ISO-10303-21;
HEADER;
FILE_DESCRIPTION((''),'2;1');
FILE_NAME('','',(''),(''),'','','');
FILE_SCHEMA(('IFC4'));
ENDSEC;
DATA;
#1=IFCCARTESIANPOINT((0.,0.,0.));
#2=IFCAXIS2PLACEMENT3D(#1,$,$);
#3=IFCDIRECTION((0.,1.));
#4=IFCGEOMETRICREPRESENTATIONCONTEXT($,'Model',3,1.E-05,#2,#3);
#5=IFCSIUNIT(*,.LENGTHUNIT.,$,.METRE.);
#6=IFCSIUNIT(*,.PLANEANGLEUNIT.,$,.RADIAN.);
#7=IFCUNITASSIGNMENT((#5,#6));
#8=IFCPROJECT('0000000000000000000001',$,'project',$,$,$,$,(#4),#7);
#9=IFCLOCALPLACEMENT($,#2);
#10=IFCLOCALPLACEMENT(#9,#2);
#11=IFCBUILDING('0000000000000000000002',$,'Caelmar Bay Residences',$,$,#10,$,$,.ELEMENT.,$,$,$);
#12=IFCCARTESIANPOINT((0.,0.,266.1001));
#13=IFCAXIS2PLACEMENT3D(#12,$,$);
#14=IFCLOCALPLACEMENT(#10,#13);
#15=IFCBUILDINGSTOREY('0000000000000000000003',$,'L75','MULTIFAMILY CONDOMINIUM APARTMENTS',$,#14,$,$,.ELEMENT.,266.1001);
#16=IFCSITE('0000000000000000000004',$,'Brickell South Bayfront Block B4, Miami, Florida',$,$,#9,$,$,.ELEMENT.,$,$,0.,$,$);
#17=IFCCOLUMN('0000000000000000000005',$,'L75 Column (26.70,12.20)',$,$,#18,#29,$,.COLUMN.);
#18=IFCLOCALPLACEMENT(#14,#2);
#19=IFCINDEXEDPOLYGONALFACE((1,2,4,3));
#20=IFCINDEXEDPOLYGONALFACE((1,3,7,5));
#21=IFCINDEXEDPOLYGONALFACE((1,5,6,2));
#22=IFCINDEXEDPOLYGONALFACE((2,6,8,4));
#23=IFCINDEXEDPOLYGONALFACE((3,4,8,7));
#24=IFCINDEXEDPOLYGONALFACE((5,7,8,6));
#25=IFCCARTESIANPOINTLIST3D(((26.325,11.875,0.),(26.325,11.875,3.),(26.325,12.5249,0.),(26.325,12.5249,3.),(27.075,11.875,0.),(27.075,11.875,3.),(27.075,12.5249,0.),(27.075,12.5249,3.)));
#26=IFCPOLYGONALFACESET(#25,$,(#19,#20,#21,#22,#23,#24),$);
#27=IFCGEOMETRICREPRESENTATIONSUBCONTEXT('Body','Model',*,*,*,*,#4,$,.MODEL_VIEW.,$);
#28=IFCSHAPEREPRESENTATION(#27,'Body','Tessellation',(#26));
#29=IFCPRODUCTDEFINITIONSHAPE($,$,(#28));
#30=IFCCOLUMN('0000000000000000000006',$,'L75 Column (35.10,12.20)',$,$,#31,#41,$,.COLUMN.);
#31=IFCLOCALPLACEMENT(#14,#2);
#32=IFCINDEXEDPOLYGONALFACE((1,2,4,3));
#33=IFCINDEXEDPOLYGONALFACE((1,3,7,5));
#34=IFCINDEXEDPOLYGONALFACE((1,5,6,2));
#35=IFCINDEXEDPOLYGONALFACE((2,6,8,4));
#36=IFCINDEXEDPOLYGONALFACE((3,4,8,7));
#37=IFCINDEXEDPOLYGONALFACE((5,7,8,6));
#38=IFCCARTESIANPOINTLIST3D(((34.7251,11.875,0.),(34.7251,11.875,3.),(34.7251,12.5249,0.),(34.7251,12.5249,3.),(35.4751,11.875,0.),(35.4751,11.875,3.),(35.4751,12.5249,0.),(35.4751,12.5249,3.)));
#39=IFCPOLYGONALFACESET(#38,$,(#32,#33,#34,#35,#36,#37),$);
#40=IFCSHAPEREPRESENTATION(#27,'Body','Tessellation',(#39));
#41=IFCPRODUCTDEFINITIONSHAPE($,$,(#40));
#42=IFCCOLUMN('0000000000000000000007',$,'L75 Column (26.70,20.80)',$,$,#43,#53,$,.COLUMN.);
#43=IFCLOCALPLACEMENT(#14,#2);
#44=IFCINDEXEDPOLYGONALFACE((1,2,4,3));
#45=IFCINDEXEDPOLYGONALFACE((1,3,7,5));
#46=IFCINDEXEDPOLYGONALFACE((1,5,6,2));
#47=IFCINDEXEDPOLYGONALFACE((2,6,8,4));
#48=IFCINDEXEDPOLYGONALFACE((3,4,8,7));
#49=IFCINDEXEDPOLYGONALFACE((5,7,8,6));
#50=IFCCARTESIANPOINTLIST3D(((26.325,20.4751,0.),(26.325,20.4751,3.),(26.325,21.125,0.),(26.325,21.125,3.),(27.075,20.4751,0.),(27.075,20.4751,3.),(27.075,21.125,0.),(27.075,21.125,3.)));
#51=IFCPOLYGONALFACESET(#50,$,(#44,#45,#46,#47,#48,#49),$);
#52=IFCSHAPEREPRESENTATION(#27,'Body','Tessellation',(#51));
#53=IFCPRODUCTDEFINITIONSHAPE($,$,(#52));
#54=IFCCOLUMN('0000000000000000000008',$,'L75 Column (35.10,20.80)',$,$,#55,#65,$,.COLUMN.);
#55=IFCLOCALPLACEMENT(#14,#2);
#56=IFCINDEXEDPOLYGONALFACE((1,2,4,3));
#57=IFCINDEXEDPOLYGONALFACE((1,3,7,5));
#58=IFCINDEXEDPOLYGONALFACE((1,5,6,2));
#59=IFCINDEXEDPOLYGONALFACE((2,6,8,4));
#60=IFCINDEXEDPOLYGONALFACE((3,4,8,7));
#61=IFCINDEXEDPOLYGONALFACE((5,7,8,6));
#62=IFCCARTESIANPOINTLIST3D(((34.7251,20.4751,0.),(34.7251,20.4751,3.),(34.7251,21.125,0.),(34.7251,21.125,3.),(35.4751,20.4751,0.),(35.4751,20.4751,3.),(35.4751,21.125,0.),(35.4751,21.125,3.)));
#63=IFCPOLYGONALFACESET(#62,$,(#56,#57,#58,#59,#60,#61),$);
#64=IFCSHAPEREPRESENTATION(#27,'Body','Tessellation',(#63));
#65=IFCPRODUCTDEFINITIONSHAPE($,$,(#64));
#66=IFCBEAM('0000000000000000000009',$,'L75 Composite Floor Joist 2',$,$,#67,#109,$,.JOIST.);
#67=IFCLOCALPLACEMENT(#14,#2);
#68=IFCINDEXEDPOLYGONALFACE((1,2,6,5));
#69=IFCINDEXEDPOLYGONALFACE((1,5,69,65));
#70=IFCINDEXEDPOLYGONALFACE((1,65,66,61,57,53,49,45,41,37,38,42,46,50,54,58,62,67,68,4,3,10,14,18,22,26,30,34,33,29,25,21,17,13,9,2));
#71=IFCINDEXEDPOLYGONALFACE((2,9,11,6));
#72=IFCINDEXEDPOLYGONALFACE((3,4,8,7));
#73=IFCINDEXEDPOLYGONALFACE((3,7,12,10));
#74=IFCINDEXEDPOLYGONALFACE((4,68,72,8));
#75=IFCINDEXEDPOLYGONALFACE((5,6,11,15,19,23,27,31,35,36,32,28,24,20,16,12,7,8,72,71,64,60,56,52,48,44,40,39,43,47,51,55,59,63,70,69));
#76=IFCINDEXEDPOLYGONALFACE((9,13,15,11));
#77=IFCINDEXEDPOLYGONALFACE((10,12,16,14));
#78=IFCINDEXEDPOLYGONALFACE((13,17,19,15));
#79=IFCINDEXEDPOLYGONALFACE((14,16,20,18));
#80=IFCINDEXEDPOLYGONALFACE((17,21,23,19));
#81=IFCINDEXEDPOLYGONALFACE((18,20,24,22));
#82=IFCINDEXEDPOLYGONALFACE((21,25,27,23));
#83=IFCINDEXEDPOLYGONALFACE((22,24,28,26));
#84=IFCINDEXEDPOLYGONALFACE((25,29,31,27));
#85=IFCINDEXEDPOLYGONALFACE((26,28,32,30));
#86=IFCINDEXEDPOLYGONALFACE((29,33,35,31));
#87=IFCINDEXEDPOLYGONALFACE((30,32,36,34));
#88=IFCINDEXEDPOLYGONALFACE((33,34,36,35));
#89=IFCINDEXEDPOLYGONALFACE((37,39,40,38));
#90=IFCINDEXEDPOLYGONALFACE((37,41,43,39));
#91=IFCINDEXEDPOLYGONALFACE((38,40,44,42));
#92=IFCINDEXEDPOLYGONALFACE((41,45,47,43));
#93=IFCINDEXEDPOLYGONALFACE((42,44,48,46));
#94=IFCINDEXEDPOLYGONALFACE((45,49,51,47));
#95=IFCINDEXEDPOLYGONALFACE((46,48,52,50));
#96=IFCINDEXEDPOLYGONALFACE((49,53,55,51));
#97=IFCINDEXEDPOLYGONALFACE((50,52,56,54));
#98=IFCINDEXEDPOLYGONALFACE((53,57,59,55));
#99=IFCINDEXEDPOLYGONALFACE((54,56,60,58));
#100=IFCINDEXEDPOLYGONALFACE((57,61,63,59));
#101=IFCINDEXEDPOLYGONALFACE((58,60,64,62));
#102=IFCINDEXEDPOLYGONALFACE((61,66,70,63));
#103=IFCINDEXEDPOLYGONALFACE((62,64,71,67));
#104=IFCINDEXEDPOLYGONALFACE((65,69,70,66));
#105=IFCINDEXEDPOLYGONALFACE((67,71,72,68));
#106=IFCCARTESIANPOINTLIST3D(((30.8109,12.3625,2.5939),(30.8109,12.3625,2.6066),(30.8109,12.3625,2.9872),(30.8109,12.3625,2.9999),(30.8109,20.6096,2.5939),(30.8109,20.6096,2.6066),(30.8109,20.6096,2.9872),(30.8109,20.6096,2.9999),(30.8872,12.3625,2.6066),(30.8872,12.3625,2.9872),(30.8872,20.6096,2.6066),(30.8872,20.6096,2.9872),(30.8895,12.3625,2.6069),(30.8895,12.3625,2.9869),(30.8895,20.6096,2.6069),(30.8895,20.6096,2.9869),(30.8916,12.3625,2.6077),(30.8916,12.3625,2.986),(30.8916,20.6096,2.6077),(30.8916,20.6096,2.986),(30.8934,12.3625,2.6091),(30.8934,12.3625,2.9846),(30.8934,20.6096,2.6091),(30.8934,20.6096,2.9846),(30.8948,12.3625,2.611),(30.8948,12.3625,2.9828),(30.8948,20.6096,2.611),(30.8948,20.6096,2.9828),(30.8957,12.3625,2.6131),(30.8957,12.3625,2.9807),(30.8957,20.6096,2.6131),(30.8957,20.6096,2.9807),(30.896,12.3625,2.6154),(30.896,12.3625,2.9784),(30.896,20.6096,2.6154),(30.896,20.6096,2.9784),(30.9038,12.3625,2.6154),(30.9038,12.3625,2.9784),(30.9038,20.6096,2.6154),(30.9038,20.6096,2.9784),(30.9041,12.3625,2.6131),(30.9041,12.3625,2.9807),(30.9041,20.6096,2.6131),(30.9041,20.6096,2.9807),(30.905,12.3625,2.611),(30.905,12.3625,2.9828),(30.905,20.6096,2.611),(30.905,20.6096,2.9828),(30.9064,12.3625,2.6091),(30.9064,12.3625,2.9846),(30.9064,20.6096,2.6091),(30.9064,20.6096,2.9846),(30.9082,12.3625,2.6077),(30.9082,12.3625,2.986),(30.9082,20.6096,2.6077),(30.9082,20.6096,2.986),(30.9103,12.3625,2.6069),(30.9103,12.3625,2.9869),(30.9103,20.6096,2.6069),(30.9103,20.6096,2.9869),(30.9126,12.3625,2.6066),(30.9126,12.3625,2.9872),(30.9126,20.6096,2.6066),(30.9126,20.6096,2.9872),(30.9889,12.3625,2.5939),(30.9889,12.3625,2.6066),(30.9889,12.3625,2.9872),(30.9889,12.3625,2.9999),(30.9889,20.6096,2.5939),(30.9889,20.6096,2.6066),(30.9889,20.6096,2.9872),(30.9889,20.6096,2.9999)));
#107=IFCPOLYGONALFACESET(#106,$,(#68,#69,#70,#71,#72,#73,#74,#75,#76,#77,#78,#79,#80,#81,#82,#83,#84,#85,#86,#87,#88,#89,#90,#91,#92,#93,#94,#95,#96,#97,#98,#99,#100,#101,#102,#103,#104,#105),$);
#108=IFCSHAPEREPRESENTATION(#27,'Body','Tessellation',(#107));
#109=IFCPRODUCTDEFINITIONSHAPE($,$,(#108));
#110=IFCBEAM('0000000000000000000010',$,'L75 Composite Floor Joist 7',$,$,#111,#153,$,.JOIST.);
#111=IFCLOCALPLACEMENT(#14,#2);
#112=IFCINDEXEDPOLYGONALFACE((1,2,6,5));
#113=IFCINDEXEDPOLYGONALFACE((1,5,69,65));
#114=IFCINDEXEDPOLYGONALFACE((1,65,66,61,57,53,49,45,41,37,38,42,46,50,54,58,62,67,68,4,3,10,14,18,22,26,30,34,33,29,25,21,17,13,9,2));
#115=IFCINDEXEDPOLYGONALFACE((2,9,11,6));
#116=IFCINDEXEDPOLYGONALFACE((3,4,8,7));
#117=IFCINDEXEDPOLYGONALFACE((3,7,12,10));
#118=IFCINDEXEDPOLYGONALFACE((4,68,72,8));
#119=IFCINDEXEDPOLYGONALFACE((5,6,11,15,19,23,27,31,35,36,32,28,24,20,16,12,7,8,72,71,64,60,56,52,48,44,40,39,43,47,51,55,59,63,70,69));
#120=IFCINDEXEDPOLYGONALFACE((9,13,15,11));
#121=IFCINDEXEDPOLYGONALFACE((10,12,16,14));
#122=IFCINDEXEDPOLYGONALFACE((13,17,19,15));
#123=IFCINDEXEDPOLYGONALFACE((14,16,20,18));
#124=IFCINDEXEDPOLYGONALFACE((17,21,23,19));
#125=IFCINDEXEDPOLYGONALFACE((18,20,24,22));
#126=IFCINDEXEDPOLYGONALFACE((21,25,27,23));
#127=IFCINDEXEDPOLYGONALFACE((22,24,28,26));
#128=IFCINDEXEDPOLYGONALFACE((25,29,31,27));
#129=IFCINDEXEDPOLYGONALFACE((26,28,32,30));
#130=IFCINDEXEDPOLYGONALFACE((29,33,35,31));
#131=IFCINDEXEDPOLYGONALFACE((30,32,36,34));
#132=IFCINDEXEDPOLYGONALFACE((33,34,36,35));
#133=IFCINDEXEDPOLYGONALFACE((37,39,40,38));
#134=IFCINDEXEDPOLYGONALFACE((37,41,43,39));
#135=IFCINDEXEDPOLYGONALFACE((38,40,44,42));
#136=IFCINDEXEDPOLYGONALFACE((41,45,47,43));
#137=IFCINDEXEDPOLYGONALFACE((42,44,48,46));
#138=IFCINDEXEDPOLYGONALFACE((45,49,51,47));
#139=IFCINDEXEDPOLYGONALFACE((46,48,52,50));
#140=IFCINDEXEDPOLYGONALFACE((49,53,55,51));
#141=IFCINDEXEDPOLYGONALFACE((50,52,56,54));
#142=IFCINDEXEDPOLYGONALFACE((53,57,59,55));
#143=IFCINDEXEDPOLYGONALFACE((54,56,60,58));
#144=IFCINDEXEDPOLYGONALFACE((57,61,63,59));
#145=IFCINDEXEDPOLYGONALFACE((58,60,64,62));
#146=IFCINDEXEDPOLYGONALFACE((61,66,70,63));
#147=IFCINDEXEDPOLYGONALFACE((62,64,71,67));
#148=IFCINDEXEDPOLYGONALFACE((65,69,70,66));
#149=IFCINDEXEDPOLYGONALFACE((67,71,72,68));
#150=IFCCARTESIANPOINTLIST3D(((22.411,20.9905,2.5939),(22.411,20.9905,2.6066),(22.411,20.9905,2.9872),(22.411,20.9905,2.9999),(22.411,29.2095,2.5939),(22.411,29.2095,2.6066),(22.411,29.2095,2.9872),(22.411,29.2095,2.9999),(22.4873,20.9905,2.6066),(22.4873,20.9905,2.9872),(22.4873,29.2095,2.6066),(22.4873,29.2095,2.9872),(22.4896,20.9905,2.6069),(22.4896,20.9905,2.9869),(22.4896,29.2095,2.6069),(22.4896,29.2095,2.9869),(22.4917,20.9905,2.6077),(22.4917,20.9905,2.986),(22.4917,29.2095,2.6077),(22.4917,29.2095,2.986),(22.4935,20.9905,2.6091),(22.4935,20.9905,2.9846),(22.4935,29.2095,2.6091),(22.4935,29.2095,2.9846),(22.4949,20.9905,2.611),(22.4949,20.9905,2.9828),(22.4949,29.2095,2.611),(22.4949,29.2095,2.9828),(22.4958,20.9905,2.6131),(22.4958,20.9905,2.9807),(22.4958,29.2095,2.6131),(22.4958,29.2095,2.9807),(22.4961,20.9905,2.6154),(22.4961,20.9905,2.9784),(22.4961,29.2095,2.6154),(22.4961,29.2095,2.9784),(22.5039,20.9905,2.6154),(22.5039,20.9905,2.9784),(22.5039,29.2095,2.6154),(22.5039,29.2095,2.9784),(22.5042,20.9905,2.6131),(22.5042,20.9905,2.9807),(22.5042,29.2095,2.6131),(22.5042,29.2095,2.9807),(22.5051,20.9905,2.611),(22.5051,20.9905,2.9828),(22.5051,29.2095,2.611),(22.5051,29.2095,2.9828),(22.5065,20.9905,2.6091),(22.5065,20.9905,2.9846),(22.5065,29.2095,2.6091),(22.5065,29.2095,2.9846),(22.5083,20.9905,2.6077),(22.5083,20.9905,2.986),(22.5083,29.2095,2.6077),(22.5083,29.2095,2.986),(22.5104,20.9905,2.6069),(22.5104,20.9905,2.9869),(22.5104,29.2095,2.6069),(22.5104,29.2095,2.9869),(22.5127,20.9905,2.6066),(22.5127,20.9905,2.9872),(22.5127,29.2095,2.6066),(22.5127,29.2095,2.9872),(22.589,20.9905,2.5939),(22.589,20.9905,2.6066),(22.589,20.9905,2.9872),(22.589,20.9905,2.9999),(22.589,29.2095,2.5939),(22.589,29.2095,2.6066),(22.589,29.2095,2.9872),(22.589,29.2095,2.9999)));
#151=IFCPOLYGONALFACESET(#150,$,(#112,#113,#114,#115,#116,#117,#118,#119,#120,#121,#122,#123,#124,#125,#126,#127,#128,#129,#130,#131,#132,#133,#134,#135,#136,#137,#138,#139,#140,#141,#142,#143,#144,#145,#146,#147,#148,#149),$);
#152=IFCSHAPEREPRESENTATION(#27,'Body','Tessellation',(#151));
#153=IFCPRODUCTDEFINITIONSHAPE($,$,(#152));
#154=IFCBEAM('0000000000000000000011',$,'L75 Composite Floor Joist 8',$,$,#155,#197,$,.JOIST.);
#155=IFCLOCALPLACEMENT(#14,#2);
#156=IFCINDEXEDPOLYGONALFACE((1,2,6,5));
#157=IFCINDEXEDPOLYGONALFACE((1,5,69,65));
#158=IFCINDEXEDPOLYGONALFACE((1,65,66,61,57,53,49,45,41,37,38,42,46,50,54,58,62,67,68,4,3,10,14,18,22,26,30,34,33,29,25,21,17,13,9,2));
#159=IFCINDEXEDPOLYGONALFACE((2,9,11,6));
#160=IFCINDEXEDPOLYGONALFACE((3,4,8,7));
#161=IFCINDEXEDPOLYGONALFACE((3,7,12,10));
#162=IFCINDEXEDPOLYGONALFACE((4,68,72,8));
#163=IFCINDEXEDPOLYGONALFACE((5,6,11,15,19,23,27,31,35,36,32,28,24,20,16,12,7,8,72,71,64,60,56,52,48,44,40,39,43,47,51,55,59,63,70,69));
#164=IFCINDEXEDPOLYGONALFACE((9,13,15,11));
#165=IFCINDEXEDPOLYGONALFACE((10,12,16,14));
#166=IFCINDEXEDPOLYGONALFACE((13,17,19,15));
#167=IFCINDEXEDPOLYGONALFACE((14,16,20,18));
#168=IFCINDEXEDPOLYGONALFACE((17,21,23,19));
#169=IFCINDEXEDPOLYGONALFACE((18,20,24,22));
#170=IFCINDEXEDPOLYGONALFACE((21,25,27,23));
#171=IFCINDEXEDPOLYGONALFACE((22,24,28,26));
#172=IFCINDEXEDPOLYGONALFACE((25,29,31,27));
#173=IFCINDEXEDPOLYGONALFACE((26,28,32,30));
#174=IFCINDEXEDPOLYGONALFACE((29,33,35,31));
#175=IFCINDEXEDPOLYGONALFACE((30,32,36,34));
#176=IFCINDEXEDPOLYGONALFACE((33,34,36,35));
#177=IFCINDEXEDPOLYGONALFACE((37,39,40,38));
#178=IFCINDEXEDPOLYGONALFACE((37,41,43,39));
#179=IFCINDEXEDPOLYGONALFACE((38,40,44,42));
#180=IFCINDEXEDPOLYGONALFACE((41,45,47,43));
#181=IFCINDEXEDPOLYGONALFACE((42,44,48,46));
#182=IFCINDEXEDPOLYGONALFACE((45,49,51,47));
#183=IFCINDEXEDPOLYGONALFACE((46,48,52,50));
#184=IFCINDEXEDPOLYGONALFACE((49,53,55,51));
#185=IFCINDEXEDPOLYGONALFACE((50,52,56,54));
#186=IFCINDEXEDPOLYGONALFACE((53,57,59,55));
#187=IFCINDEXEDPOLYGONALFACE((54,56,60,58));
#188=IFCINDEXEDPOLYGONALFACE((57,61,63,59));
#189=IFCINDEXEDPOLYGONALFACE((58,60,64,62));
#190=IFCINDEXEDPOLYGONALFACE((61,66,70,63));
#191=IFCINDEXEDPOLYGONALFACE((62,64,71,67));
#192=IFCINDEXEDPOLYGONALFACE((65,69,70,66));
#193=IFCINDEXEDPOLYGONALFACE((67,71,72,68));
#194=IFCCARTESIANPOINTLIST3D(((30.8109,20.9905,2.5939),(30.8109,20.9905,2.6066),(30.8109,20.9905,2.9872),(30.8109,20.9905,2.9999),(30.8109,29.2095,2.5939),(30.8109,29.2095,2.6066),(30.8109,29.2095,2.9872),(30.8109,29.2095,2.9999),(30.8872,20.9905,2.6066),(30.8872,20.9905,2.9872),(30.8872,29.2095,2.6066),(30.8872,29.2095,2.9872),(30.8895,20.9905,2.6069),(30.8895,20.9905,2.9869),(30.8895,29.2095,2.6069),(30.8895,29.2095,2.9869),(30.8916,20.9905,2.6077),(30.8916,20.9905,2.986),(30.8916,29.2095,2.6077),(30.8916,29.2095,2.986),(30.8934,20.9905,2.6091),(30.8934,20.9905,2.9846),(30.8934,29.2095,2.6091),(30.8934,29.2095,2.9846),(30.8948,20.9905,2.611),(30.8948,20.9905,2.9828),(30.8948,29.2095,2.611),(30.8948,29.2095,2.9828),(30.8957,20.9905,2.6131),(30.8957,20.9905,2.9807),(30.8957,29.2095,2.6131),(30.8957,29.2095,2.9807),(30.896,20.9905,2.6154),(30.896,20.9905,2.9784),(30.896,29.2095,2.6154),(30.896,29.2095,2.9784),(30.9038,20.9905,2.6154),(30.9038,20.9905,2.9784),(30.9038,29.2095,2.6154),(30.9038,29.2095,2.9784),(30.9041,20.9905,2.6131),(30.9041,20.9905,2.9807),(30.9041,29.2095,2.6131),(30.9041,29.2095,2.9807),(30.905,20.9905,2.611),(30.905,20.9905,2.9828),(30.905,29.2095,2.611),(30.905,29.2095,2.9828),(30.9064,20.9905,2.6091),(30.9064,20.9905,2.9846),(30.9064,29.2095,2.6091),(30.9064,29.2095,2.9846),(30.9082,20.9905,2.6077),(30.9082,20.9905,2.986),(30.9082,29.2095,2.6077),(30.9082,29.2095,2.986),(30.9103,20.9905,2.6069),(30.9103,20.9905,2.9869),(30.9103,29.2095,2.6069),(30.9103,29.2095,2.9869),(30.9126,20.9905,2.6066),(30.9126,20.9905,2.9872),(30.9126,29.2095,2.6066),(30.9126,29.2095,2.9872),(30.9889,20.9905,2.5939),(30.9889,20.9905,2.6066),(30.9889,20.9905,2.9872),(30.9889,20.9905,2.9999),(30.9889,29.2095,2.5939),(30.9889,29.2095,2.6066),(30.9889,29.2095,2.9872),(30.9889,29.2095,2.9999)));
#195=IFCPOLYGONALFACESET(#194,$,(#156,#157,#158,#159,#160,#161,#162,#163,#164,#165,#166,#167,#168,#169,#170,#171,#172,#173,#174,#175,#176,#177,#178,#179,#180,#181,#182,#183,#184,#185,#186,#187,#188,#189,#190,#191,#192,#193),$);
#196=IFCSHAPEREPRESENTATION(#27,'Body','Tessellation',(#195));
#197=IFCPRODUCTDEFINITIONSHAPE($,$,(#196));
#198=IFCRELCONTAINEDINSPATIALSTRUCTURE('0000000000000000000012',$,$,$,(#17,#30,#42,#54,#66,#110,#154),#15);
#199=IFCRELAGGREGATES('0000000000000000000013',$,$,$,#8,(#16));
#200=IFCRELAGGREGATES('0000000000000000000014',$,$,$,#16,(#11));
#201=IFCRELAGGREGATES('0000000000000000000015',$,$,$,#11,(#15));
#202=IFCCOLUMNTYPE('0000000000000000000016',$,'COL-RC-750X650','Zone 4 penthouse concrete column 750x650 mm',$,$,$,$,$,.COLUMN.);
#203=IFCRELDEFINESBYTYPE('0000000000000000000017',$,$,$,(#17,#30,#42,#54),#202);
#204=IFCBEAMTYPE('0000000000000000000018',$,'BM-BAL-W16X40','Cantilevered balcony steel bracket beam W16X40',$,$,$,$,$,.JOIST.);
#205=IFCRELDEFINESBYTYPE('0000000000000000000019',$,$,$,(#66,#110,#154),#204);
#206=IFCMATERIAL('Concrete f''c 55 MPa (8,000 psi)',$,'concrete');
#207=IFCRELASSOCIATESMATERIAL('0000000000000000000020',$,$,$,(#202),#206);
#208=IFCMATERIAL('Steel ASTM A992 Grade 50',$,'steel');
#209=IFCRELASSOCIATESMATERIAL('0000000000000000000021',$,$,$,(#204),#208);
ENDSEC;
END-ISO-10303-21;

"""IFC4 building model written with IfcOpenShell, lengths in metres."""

from ifc_helpers import new_model, si_unit, direction, frame, origin, origin_2d, place, context, subcontext, project, spatial, rectangle, i_section, extrude, material, material_profile, profile_set, type_object, element, save


model = new_model("IFC4")

# Units and contexts
model_context = context("Model", 3, precision=1e-05, world=origin(), true_north=direction((0.0, 1.0)))
body_context = subcontext(model_context, "Body", "Model", "MODEL_VIEW")
ifc_project = project(units=[si_unit("LENGTHUNIT", "METRE"), si_unit("PLANEANGLEUNIT", "RADIAN")], contexts=[model_context])

# Site, building, storey
site_placement = place(None, origin())
site = spatial("IfcSite", under=ifc_project, at=site_placement, Name="Brickell South Bayfront Block B4, Miami, Florida", CompositionType="ELEMENT", RefElevation=0.0)
building_placement = place(site_placement, origin())
building = spatial("IfcBuilding", under=site, at=building_placement, Name="Caelmar Bay Residences", CompositionType="ELEMENT")
storey_placement = place(building_placement, frame((0.0, 0.0, 266.1001)))
storey = spatial("IfcBuildingStorey", under=building, at=storey_placement, Name="L75", Description="MULTIFAMILY CONDOMINIUM APARTMENTS", CompositionType="ELEMENT", Elevation=266.1001)

# Columns
ifc_material_1 = material(Name="Concrete f'c 55 MPa (8,000 psi)", Category="concrete")
ifc_material_profile_1 = material_profile(ifc_material_1, rectangle(XDim=0.75, YDim=0.6499, at=origin_2d()), Name="RC-COL-750X650")
ifc_profile_set_1 = profile_set([ifc_material_profile_1], Name="Concrete f'c 55 MPa (8,000 psi)")
column_type = type_object("IfcColumnType", Name="COL-RC-750X650", Description="Zone 4 penthouse concrete column 750x650 mm", PredefinedType="COLUMN", material=ifc_profile_set_1)
for number, where, z_axis, x_axis, name in (
    (1, (26.7, 12.2, 0.0), (0.0, 0.0, 1.0), (1.0, 0.0, 0.0), "L75 Column (26.70,12.20)"),
    (2, (35.1001, 12.2, 0.0), (0.0, 0.0, 1.0), (1.0, 0.0, 0.0), "L75 Column (35.10,12.20)"),
    (3, (26.7, 20.8, 0.0), (0.0, 0.0, 1.0), (1.0, 0.0, 0.0), "L75 Column (26.70,20.80)"),
    (4, (35.1001, 20.8, 0.0), (0.0, 0.0, 1.0), (1.0, 0.0, 0.0), "L75 Column (35.10,20.80)"),
):
    element("IfcColumn", number, at=place(storey_placement, frame(where, z_axis=z_axis, x_axis=x_axis)), inside=storey, type_object=column_type, Name=name, PredefinedType="COLUMN", context=body_context, shape_type="SweptSolid", body=[
        extrude(rectangle(XDim=0.75, YDim=0.6499, at=origin_2d()), origin(), (0.0, 0.0, 1.0), 3.0),
    ])

# Beams
ifc_material_2 = material(Name="Steel ASTM A992 Grade 50", Category="steel")
ifc_material_profile_2 = material_profile(ifc_material_2, i_section(OverallWidth=0.178, OverallDepth=0.406, WebThickness=0.0078, FlangeThickness=0.0127, FilletRadius=0.0088, at=origin_2d()), Name="W16X40")
ifc_profile_set_2 = profile_set([ifc_material_profile_2], Name="Steel ASTM A992 Grade 50")
beam_type_1 = type_object("IfcBeamType", Name="BM-BAL-W16X40", Description="Cantilevered balcony steel bracket beam W16X40", PredefinedType="JOIST", material=ifc_profile_set_2)
beam_1_placement = place(storey_placement, frame((30.8999, 12.3625, 2.7969), z_axis=(0.0, 1.0, 0.0), x_axis=(-1.0, 0.0, 0.0)))
element("IfcBeam", 5, at=beam_1_placement, inside=storey, type_object=beam_type_1, Name="L75 Composite Floor Joist 2", PredefinedType="JOIST", context=body_context, shape_type="SweptSolid", body=[
    extrude(i_section(OverallWidth=0.178, OverallDepth=0.406, WebThickness=0.0078, FlangeThickness=0.0127, FilletRadius=0.0088, at=origin_2d()), origin(), (0.0, 0.0, 1.0), 8.2471),
])
for number, where, z_axis, x_axis, name in (
    (6, (22.5, 20.9905, 2.7969), (0.0, 1.0, 0.0), (-1.0, 0.0, 0.0), "L75 Composite Floor Joist 7"),
    (7, (30.8999, 20.9905, 2.7969), (0.0, 1.0, 0.0), (-1.0, 0.0, 0.0), "L75 Composite Floor Joist 8"),
):
    element("IfcBeam", number, at=place(storey_placement, frame(where, z_axis=z_axis, x_axis=x_axis)), inside=storey, type_object=beam_type_1, Name=name, PredefinedType="JOIST", context=body_context, shape_type="SweptSolid", body=[
        extrude(i_section(OverallWidth=0.178, OverallDepth=0.406, WebThickness=0.0078, FlangeThickness=0.0127, FilletRadius=0.0088, at=origin_2d()), origin(), (0.0, 0.0, 1.0), 8.219),
    ])

save(model, "model.ifc")
